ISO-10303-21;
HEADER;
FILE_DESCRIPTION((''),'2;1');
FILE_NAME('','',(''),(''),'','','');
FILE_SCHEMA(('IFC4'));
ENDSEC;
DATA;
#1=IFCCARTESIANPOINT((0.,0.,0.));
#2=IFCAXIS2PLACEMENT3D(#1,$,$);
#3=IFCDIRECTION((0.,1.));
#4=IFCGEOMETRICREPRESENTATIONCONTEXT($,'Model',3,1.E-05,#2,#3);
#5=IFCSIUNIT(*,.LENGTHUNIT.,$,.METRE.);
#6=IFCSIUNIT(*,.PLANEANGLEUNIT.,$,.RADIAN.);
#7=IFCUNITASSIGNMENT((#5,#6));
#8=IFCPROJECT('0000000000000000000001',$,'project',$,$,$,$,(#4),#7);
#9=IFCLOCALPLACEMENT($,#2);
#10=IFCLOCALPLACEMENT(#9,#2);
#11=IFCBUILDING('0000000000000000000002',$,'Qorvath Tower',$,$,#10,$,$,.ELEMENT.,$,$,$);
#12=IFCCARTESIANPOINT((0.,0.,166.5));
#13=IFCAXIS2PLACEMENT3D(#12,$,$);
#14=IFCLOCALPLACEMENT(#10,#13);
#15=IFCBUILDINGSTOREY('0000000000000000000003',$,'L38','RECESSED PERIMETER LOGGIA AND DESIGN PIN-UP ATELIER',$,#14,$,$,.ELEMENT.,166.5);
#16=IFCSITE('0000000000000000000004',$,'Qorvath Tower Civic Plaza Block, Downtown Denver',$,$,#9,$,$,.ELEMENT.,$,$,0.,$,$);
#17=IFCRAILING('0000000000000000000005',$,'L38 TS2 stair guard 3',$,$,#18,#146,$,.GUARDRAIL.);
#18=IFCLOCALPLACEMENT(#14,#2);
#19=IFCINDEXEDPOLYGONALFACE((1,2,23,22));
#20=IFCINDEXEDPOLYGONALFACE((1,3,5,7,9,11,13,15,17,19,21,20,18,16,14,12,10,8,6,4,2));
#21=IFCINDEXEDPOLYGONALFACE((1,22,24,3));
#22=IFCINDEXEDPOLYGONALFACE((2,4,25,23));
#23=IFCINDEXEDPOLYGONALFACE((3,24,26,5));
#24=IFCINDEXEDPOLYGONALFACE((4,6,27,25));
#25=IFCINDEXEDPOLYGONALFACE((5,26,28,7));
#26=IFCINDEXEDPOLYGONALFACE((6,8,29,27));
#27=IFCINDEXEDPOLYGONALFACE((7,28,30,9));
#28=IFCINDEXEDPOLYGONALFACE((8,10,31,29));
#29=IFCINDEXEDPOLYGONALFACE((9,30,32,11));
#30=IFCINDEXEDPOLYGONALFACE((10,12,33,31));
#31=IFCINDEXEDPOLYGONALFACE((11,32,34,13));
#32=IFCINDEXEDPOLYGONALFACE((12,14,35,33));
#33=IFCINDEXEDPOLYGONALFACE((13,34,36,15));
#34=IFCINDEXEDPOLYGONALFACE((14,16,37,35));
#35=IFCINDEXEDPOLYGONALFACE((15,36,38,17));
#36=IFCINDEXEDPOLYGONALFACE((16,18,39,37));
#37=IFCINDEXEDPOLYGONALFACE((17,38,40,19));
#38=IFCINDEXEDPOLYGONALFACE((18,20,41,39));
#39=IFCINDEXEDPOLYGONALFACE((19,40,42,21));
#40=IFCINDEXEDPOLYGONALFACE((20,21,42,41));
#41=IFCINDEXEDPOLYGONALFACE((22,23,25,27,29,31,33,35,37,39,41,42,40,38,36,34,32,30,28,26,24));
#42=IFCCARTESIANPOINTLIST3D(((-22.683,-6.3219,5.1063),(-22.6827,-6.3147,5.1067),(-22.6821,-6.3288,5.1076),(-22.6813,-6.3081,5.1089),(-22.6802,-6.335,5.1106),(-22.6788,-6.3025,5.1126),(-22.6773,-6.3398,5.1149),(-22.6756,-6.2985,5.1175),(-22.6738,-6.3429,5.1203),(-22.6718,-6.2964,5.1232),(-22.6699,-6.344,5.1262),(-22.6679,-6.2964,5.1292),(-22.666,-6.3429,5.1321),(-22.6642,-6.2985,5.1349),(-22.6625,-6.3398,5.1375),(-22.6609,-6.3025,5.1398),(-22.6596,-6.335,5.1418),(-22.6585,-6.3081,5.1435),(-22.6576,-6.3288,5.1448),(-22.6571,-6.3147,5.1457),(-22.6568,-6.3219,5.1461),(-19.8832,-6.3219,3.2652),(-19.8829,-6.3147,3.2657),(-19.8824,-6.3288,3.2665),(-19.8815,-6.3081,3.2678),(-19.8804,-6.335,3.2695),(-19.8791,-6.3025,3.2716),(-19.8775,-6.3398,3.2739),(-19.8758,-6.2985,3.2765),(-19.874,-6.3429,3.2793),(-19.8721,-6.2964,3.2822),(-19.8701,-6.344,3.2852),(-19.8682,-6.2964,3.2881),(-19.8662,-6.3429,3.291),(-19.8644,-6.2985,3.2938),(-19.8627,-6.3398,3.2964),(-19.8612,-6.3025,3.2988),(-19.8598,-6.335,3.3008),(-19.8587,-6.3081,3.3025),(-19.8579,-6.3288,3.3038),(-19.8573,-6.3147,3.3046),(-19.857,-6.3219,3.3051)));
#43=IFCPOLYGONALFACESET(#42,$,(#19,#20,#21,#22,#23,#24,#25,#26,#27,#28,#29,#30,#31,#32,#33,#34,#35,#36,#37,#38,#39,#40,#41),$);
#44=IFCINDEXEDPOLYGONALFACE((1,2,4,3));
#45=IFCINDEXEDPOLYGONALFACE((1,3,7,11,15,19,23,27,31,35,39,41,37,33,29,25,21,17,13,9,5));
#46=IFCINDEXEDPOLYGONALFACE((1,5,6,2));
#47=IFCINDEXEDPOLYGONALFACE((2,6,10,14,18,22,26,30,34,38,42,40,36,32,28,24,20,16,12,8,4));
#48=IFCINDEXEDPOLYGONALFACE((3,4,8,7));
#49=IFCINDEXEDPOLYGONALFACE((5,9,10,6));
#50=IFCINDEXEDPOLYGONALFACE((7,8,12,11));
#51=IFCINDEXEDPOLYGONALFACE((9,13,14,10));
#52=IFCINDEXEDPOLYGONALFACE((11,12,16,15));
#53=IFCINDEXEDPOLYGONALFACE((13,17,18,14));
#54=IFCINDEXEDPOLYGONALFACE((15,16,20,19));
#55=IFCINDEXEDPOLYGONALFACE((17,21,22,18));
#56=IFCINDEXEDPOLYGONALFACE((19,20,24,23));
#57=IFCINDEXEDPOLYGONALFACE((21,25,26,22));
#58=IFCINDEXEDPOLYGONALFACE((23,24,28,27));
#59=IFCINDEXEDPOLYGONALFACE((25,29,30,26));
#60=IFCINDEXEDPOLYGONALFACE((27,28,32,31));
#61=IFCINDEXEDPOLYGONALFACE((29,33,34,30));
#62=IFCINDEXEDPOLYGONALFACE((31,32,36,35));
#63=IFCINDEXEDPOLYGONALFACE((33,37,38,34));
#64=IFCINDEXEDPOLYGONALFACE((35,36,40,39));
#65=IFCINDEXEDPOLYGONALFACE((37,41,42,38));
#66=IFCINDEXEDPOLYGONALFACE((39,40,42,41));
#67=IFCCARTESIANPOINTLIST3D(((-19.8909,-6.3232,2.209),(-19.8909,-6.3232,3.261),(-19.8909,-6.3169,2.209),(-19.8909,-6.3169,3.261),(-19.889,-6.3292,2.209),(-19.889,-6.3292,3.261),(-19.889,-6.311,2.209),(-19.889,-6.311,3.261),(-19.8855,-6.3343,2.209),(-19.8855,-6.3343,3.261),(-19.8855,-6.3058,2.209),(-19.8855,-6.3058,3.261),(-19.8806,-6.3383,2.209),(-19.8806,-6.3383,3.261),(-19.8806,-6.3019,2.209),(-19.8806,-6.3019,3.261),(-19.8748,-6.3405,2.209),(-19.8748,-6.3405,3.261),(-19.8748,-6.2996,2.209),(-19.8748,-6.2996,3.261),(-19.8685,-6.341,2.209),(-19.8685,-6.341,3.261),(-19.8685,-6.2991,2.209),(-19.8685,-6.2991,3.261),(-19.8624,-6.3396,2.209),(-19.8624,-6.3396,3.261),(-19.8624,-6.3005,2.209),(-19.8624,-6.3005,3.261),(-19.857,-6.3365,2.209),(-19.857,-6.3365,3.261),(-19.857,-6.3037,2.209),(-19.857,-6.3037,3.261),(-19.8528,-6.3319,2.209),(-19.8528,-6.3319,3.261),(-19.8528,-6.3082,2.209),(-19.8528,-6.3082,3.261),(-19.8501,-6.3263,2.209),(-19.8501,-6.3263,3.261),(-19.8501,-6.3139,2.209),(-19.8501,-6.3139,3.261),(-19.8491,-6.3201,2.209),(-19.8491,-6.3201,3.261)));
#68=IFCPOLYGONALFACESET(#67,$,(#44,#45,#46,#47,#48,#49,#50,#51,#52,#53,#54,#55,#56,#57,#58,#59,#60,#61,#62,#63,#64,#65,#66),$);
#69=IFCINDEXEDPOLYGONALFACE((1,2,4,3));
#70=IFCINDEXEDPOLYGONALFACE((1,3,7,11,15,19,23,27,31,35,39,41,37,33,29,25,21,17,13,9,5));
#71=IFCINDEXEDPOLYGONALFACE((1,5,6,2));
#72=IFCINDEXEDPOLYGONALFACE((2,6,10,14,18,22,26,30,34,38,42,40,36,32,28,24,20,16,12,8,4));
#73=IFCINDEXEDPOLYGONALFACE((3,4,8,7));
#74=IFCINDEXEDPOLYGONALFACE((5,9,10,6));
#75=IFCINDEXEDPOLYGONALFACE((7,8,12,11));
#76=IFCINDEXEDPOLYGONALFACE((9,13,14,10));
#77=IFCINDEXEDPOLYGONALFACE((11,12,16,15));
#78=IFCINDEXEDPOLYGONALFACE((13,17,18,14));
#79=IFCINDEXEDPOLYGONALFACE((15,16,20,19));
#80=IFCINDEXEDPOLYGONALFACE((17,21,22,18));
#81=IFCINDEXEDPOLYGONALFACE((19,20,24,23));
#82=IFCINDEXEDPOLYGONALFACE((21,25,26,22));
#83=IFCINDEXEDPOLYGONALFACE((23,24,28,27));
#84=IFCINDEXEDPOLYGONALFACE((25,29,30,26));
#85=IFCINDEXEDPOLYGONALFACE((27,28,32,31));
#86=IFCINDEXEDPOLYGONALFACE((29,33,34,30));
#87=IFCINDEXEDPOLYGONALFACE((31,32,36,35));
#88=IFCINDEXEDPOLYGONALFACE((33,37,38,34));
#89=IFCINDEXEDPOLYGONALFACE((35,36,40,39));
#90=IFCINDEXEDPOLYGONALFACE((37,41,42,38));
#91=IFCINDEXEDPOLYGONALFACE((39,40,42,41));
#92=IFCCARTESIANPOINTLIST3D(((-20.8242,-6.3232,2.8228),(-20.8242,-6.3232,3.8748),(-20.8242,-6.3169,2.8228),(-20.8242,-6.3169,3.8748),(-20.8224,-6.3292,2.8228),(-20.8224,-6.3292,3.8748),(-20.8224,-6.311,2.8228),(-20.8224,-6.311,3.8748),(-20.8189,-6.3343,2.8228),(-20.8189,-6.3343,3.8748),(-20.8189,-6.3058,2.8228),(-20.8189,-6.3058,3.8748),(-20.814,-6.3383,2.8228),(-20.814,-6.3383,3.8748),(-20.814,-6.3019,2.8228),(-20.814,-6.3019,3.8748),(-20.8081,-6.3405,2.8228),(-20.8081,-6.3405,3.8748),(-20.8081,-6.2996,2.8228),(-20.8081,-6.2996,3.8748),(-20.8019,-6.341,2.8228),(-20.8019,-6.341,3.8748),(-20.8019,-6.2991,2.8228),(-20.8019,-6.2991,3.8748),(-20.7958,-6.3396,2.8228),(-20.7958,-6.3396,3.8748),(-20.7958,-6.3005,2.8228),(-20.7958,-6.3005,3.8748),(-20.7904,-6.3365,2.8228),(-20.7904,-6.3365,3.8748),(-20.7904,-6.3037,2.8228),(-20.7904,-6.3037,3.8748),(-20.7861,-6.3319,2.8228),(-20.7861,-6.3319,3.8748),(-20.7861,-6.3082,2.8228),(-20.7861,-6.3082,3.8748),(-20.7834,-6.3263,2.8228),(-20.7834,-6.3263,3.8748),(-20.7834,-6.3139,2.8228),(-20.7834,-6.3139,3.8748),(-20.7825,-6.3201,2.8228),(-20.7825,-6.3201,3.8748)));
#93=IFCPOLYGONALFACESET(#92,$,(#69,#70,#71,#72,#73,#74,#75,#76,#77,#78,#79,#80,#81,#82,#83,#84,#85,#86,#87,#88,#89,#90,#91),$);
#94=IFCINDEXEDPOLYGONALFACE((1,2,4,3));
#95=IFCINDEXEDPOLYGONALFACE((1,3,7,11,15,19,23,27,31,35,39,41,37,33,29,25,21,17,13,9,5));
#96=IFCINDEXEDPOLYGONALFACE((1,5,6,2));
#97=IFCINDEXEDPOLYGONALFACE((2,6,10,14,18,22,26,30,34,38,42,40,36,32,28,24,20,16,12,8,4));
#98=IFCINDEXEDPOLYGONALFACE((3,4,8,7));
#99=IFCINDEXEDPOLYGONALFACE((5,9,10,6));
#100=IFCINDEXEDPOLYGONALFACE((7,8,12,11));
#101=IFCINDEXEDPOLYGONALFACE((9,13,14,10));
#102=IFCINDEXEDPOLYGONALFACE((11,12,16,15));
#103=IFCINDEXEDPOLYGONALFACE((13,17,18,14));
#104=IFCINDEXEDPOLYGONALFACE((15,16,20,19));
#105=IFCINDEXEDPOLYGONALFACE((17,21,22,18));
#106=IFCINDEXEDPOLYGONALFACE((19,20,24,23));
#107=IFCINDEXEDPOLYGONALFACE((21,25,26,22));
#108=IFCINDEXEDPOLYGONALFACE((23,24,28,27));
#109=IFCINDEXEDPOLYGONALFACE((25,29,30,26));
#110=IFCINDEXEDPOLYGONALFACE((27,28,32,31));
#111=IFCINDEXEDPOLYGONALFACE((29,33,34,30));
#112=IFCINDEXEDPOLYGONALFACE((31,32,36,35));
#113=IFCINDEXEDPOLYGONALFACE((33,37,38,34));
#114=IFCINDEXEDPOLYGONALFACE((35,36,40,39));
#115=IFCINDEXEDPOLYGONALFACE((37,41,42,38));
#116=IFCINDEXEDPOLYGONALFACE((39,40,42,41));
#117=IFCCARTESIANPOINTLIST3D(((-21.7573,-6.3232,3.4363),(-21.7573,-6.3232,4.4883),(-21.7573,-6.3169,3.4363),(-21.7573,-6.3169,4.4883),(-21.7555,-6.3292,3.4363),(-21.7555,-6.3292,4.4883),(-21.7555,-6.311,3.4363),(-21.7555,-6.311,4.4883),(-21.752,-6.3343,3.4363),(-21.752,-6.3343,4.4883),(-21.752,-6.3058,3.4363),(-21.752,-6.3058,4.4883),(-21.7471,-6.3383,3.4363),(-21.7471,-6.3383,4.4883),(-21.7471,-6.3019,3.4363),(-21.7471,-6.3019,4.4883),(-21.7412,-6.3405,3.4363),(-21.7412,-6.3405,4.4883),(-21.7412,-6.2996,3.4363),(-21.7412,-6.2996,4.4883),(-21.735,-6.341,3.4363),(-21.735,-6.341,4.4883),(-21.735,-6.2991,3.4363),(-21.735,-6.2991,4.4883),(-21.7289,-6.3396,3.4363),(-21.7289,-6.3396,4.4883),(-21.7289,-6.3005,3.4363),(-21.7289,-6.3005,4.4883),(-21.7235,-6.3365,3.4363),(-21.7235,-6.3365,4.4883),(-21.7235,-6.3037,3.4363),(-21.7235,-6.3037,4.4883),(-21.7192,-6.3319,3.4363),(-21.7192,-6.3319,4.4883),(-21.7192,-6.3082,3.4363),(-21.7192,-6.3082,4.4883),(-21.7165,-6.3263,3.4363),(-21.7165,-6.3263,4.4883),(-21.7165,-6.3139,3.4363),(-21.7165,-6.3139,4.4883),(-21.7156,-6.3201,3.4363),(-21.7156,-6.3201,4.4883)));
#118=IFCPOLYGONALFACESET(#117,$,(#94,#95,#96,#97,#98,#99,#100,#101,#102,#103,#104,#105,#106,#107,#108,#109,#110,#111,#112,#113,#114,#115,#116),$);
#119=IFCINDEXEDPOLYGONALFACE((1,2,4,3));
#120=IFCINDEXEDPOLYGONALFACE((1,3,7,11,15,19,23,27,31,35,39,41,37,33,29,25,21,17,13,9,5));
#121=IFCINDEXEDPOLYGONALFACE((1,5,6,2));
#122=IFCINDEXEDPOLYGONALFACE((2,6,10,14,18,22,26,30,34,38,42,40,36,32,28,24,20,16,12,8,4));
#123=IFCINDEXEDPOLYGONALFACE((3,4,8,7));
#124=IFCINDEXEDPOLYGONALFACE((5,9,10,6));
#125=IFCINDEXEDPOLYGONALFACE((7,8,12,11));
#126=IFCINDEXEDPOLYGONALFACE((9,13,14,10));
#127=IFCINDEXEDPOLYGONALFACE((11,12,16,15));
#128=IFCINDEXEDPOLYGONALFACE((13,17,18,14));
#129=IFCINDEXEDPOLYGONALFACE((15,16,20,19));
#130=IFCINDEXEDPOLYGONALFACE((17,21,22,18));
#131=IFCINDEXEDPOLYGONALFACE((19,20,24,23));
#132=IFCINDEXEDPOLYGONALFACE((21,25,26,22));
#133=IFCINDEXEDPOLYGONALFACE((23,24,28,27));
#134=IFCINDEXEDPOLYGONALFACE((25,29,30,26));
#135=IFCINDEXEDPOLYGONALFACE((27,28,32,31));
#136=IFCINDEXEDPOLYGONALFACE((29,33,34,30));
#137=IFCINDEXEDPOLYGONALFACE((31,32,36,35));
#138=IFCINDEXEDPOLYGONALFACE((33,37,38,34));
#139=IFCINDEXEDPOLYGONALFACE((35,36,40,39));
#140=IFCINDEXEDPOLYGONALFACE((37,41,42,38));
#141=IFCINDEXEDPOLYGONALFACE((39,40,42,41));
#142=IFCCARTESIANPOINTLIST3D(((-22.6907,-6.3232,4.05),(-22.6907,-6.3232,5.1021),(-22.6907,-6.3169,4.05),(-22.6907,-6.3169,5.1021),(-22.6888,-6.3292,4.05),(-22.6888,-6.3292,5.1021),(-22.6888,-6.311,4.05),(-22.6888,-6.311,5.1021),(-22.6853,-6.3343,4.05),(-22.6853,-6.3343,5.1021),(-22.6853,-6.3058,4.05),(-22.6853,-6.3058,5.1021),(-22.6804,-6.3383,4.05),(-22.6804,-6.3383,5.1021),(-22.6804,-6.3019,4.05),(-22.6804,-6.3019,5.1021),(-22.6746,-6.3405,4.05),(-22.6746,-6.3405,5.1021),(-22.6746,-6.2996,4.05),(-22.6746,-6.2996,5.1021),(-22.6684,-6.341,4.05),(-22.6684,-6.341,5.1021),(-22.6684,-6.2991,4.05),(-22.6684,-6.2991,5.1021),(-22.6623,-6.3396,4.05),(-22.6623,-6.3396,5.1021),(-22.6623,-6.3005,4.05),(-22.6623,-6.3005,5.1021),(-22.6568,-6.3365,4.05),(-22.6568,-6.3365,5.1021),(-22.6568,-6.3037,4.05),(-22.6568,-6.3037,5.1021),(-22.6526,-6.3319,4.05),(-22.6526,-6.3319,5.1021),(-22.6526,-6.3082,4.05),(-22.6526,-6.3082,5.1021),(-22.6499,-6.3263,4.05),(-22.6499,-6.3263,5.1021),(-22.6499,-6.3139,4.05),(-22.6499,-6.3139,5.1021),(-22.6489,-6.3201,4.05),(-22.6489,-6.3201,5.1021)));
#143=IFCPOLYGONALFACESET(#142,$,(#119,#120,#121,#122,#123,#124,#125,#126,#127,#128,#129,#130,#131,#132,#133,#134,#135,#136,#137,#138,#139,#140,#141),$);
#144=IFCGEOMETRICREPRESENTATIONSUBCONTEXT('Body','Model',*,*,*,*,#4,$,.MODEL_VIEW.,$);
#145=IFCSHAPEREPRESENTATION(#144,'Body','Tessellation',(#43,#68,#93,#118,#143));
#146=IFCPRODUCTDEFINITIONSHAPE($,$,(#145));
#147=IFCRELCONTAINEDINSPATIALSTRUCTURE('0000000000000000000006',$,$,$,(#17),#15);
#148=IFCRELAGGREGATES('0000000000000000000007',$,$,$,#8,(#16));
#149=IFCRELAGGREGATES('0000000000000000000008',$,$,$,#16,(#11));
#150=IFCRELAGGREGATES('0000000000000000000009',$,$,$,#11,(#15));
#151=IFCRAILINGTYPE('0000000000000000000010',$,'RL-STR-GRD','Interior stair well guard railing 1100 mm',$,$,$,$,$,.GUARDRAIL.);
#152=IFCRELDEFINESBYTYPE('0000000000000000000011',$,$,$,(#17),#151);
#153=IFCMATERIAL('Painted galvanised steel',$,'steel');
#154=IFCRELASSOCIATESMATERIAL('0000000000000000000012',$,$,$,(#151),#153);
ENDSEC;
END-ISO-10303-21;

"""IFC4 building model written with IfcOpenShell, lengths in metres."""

from ifc_helpers import new_model, si_unit, direction, frame, origin, origin_2d, place, context, subcontext, project, spatial, circle, extrude, material, type_object, element, save


model = new_model("IFC4")

# Units and contexts
model_context = context("Model", 3, precision=1e-05, world=origin(), true_north=direction((0.0, 1.0)))
body_context = subcontext(model_context, "Body", "Model", "MODEL_VIEW")
ifc_project = project(units=[si_unit("LENGTHUNIT", "METRE"), si_unit("PLANEANGLEUNIT", "RADIAN")], contexts=[model_context])

# Site, building, storey
site_placement = place(None, origin())
site = spatial("IfcSite", under=ifc_project, at=site_placement, Name="Qorvath Tower Civic Plaza Block, Downtown Denver", CompositionType="ELEMENT", RefElevation=0.0)
building_placement = place(site_placement, origin())
building = spatial("IfcBuilding", under=site, at=building_placement, Name="Qorvath Tower", CompositionType="ELEMENT")
storey_placement = place(building_placement, frame((0.0, 0.0, 166.5)))
storey = spatial("IfcBuildingStorey", under=building, at=storey_placement, Name="L38", Description="RECESSED PERIMETER LOGGIA AND DESIGN PIN-UP ATELIER", CompositionType="ELEMENT", Elevation=166.5)

# Railing
ifc_material_1 = material(Name="Painted galvanised steel", Category="steel")
railing_type_1 = type_object("IfcRailingType", Name="RL-STR-GRD", Description="Interior stair well guard railing 1100 mm", PredefinedType="GUARDRAIL", material=ifc_material_1)
railing_1_placement = place(storey_placement, frame((-19.8701, -6.3201, 2.209)))
element("IfcRailing", 1, at=railing_1_placement, inside=storey, type_object=railing_type_1, Name="L38 TS2 stair guard 3", PredefinedType="GUARDRAIL", context=body_context, shape_type="SweptSolid", body=[
    extrude(circle(Radius=0.0239, at=origin_2d()), frame((0.0, 0.0, 1.0762), z_axis=(-0.835542, 0.0, 0.549426), x_axis=(0.0, -1.0, 0.0)), (0.0, 0.0, 1.0), 3.3508),
    extrude(circle(Radius=0.021, at=origin_2d()), origin(), (0.0, 0.0, 1.0), 1.052),
    extrude(circle(Radius=0.021, at=origin_2d()), frame((-0.9333, 0.0, 0.6138)), (0.0, 0.0, 1.0), 1.052),
    extrude(circle(Radius=0.021, at=origin_2d()), frame((-1.8665, 0.0, 1.2273)), (0.0, 0.0, 1.0), 1.052),
    extrude(circle(Radius=0.021, at=origin_2d()), frame((-2.7998, 0.0, 1.8411)), (0.0, 0.0, 1.0), 1.052),
])

save(model, "model.ifc")
